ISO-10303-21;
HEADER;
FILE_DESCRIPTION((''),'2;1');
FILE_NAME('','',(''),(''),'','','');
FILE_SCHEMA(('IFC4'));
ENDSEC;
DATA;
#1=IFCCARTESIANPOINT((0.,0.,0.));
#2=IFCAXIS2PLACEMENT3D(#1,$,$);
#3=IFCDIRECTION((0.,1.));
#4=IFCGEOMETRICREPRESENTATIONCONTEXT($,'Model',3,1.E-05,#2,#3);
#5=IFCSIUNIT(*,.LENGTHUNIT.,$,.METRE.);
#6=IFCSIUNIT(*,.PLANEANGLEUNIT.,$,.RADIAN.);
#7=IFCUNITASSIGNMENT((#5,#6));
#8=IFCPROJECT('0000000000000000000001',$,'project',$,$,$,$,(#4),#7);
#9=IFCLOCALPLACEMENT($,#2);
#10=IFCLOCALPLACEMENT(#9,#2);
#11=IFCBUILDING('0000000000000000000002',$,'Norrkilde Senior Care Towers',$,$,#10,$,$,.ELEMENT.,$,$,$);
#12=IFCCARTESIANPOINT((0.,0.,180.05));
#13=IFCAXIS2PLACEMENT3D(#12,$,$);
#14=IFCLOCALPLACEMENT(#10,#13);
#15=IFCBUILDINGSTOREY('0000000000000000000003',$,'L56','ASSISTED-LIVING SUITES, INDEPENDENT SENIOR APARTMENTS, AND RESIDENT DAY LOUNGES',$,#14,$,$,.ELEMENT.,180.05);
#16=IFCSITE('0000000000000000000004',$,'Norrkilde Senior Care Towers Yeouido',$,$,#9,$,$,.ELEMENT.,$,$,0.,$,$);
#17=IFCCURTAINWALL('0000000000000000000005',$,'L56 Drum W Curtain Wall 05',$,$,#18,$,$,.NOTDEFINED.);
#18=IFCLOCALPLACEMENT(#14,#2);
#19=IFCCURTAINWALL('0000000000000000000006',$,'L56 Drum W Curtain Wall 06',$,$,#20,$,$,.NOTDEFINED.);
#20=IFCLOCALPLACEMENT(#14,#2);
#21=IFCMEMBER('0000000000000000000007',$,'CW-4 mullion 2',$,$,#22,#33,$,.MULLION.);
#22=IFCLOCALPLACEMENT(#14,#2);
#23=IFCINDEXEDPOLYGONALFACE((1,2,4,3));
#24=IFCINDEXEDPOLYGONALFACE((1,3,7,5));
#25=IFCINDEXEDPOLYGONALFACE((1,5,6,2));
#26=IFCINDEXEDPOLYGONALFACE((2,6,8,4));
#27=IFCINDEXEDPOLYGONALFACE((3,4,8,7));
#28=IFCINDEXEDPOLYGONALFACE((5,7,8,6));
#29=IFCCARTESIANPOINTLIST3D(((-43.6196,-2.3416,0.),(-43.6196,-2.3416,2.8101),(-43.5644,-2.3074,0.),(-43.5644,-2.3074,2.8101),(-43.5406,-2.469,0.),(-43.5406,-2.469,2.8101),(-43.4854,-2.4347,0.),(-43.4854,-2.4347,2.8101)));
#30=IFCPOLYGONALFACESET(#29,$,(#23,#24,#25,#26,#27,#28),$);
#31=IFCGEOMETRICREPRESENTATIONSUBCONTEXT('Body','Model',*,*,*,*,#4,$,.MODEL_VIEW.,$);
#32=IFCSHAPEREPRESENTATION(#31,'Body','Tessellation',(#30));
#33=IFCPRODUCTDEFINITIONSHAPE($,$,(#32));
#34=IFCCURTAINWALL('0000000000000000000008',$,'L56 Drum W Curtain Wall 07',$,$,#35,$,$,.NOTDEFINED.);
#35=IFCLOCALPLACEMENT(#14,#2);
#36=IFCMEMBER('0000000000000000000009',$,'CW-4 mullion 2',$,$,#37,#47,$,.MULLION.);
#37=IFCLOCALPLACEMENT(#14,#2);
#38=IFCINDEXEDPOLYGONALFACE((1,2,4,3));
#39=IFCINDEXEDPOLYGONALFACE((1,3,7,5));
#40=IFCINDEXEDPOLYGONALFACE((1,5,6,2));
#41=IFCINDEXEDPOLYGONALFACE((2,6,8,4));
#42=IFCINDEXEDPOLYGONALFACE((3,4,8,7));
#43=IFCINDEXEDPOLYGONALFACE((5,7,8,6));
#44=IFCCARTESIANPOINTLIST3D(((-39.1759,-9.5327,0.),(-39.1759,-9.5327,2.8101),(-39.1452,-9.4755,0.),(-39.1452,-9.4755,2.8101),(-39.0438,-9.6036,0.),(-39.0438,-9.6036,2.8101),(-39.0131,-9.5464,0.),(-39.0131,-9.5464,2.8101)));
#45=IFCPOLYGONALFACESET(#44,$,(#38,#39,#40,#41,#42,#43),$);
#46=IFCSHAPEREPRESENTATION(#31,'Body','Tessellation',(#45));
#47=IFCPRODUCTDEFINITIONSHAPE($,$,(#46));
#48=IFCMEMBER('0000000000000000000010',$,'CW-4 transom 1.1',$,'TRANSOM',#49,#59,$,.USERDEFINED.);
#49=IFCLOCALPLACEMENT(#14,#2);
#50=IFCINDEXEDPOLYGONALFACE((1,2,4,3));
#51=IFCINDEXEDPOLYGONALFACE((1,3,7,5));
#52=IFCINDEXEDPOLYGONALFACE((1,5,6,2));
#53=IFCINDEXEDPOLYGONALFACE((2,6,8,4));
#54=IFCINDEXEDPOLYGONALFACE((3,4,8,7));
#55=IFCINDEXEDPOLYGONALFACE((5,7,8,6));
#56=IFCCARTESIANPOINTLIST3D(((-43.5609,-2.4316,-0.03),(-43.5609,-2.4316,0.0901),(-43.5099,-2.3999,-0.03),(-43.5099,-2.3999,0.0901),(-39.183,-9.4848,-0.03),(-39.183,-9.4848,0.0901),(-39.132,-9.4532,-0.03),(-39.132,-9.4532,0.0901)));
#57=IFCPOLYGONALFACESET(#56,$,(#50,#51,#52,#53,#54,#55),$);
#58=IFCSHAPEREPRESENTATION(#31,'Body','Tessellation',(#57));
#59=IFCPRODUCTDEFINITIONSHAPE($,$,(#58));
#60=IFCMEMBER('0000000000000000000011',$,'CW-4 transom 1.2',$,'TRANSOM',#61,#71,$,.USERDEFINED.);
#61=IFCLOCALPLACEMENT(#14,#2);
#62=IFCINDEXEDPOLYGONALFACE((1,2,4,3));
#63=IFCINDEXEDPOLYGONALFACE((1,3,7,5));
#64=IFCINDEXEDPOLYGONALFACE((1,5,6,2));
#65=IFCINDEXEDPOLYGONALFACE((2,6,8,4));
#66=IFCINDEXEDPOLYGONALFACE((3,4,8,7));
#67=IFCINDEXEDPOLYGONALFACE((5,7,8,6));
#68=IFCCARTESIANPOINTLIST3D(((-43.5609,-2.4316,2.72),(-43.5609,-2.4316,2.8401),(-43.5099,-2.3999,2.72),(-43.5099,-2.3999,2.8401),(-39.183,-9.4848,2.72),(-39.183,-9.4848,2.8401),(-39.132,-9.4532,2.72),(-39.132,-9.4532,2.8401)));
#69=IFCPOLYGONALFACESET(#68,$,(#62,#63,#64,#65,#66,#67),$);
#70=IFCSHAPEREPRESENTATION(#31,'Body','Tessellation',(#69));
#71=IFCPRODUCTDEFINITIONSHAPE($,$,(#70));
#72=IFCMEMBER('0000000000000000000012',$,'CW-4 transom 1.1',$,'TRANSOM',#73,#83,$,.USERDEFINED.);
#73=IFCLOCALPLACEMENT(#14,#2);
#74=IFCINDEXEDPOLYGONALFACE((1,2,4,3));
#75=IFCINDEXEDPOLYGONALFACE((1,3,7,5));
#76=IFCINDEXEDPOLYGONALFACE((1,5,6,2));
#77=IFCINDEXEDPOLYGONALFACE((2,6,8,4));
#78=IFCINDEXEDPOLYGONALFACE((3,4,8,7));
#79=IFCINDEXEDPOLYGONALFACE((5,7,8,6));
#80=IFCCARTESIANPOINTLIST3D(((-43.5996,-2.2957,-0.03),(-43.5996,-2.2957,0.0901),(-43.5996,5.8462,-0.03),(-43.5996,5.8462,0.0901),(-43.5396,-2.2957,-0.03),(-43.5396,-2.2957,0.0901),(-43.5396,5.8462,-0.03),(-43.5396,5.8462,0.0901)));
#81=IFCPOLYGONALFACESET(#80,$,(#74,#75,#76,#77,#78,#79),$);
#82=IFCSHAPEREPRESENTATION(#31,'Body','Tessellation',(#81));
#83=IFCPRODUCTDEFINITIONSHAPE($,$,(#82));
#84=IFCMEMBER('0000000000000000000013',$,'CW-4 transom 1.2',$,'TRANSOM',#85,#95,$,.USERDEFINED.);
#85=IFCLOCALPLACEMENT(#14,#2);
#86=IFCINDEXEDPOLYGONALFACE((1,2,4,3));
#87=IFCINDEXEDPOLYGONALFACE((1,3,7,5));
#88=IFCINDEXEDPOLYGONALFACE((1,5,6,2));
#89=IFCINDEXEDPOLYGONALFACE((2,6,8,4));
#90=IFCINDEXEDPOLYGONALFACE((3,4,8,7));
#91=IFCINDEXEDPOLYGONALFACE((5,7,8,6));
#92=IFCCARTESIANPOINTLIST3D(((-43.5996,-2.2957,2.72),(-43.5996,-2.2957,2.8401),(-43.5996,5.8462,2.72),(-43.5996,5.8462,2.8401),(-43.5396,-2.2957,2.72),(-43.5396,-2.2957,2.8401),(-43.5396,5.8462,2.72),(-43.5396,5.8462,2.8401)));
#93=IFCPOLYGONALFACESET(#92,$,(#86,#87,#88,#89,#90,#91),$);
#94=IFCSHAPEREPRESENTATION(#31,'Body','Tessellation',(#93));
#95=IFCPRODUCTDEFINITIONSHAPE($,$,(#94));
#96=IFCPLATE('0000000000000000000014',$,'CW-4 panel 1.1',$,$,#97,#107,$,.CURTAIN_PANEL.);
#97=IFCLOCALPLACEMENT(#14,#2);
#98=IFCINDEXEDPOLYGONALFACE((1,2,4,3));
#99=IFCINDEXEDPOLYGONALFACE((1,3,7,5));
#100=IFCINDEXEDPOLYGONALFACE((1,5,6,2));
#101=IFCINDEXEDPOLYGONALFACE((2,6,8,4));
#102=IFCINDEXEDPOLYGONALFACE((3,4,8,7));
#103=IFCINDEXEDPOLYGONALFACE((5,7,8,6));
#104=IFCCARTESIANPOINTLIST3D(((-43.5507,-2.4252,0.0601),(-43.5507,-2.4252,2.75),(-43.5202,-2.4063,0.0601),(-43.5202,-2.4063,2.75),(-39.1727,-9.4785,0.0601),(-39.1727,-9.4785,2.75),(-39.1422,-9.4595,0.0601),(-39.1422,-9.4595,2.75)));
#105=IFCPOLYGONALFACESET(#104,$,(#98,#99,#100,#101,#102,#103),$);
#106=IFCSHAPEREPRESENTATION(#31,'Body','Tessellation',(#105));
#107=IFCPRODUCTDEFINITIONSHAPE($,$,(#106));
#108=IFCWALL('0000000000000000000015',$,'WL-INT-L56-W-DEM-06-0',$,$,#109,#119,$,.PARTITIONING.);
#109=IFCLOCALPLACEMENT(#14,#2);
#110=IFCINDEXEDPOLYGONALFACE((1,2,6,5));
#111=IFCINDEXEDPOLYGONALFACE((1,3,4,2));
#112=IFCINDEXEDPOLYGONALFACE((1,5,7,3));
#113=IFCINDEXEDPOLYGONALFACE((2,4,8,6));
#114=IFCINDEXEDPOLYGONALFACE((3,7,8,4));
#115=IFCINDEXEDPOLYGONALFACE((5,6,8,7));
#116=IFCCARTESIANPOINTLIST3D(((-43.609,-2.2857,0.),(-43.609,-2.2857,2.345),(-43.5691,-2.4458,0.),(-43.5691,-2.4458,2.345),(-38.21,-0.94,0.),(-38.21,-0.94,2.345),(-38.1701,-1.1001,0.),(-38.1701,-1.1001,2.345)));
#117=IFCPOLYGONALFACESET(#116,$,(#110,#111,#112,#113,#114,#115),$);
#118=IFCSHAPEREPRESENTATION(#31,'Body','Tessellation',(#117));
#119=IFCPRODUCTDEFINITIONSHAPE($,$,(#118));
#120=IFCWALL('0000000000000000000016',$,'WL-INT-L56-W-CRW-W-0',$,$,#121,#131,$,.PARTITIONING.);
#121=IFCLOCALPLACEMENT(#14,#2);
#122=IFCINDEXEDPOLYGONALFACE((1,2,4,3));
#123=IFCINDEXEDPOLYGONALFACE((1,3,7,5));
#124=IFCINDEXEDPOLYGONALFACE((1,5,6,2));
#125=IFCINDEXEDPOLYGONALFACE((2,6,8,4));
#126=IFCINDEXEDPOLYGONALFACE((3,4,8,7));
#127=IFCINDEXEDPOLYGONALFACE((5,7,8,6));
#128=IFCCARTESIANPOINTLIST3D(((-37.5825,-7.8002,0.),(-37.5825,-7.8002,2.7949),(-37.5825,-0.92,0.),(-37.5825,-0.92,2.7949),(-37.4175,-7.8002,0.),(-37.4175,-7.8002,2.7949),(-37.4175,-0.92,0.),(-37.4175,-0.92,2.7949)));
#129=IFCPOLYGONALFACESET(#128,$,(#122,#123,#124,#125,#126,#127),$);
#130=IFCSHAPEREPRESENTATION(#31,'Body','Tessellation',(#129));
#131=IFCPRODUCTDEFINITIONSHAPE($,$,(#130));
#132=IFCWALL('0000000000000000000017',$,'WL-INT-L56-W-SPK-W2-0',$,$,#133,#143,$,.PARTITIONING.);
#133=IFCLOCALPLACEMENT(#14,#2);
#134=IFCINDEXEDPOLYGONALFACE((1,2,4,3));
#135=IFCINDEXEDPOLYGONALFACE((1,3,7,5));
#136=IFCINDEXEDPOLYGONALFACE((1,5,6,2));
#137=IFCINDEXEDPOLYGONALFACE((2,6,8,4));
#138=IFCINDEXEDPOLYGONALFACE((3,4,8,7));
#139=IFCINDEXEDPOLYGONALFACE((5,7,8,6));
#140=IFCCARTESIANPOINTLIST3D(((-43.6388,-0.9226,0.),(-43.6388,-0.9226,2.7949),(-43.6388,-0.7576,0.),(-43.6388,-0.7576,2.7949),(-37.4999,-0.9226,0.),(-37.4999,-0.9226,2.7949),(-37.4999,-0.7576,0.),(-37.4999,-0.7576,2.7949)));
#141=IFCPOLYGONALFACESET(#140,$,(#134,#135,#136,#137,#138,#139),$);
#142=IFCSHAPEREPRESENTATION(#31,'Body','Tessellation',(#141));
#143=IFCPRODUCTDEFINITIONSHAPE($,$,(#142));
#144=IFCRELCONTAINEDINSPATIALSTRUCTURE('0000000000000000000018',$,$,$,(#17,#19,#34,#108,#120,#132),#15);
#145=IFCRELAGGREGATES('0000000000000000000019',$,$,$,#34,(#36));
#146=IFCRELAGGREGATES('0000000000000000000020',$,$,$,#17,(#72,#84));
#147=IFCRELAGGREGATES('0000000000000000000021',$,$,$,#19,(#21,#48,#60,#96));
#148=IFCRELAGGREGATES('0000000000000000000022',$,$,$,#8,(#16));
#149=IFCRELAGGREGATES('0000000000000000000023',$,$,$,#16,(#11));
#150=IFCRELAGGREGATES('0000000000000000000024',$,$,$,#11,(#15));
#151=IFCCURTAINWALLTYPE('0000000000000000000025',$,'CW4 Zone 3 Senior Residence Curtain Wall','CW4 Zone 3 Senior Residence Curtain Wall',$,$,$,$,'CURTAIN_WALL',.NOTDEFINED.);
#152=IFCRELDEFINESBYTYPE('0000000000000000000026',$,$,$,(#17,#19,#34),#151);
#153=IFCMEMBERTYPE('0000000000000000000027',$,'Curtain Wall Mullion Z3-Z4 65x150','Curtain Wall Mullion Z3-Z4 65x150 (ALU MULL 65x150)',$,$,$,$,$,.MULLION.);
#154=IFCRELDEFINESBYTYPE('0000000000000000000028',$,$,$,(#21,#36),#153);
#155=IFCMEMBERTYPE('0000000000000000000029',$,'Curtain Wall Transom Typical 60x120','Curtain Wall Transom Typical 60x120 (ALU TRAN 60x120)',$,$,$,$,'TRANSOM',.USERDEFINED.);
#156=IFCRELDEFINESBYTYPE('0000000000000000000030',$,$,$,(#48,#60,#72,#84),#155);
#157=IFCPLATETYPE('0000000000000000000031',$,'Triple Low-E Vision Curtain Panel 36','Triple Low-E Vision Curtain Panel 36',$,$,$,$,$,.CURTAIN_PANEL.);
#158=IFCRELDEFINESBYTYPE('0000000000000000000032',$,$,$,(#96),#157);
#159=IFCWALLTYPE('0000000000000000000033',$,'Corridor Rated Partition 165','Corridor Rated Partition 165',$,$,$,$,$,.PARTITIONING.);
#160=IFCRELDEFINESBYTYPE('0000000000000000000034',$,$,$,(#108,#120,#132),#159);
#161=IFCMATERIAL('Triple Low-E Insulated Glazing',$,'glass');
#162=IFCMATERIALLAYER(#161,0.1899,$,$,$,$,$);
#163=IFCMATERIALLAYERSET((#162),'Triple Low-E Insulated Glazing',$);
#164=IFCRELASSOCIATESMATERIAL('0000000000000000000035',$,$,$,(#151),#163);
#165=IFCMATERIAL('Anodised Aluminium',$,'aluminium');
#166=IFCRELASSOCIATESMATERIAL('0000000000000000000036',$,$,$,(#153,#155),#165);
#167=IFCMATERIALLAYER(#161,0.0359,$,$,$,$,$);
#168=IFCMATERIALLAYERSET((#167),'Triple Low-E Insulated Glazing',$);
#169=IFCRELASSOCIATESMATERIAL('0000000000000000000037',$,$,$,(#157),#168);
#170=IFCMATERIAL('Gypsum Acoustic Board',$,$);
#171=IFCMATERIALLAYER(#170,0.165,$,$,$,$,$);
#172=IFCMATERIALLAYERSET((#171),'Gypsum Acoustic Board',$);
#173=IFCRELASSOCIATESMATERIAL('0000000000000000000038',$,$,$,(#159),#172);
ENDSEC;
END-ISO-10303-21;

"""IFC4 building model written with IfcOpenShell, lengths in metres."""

from ifc_helpers import new_model, si_unit, direction, frame, frame_2d, origin, origin_2d, place, context, subcontext, project, spatial, rectangle, extrude, source, transform, mapped, material, layer, layer_set, material_profile, profile_set, type_object, type_shapes, element, aggregate, save


model = new_model("IFC4")

# Units and contexts
model_context = context("Model", 3, precision=1e-05, world=origin(), true_north=direction((0.0, 1.0)))
body_context = subcontext(model_context, "Body", "Model", "MODEL_VIEW")
ifc_project = project(units=[si_unit("LENGTHUNIT", "METRE"), si_unit("PLANEANGLEUNIT", "RADIAN")], contexts=[model_context])

# Site, building, storey
site_placement = place(None, origin())
site = spatial("IfcSite", under=ifc_project, at=site_placement, Name="Norrkilde Senior Care Towers Yeouido", CompositionType="ELEMENT", RefElevation=0.0)
building_placement = place(site_placement, origin())
building = spatial("IfcBuilding", under=site, at=building_placement, Name="Norrkilde Senior Care Towers", CompositionType="ELEMENT")
storey_placement = place(building_placement, frame((0.0, 0.0, 180.05)))
storey = spatial("IfcBuildingStorey", under=building, at=storey_placement, Name="L56", Description="ASSISTED-LIVING SUITES, INDEPENDENT SENIOR APARTMENTS, AND RESIDENT DAY LOUNGES", CompositionType="ELEMENT", Elevation=180.05)

# Curtain wall
ifc_material_1 = material(Name="Triple Low-E Insulated Glazing", Category="glass")
ifc_layer_1 = layer(ifc_material_1, 0.1899)
ifc_layer_set_1 = layer_set([ifc_layer_1], Name="Triple Low-E Insulated Glazing")
curtain_wall_type = type_object("IfcCurtainWallType", Name="CW4 Zone 3 Senior Residence Curtain Wall", Description="CW4 Zone 3 Senior Residence Curtain Wall", ElementType="CURTAIN_WALL", PredefinedType="NOTDEFINED", material=ifc_layer_set_1)
curtain_wall_1_placement = place(storey_placement, origin())
curtain_wall_1 = element("IfcCurtainWall", 1, at=curtain_wall_1_placement, inside=storey, type_object=curtain_wall_type, Name="L56 Drum W Curtain Wall 05", PredefinedType="NOTDEFINED")
ifc_material_2 = material(Name="Anodised Aluminium", Category="aluminium")
ifc_material_profile_1 = material_profile(ifc_material_2, rectangle(XDim=0.0649, YDim=0.1499, at=origin_2d()), Name="ALU MULL 65x150")
ifc_profile_set_1 = profile_set([ifc_material_profile_1], Name="Anodised Aluminium")
member_type_1 = type_object("IfcMemberType", Name="Curtain Wall Mullion Z3-Z4 65x150", Description="Curtain Wall Mullion Z3-Z4 65x150 (ALU MULL 65x150)", PredefinedType="MULLION", material=ifc_profile_set_1)
shared_shape_1 = source(origin(), body_context, "Body", "SweptSolid", [
    extrude(rectangle(XDim=0.0649, YDim=0.1499, at=origin_2d()), origin(), (0.0, 0.0, 1.0), 2.8101),
])
type_shapes(member_type_1, [shared_shape_1])

# Curtain wall, member
curtain_wall_2_placement = place(storey_placement, origin())
curtain_wall_2 = element("IfcCurtainWall", 2, at=curtain_wall_2_placement, inside=storey, type_object=curtain_wall_type, Name="L56 Drum W Curtain Wall 06", PredefinedType="NOTDEFINED")
member_1_placement = place(storey_placement, frame((-43.5525, -2.3882, 0.0), z_axis=(0.0, 0.0, 1.0), x_axis=(-0.849634, -0.527373, 0.0)))
member_1 = element("IfcMember", 3, at=member_1_placement, type_object=member_type_1, Name="CW-4 mullion 2", PredefinedType="MULLION", context=body_context, shape_type="MappedRepresentation", body=[
    mapped(shared_shape_1, transform((0.0, 0.0, 0.0), x_axis=(1.0, 0.0, 0.0), y_axis=(0.0, 1.0, 0.0), z_axis=(0.0, 0.0, 1.0), scale=1.0)),
])

# Curtain wall, member
curtain_wall_3_placement = place(storey_placement, origin())
curtain_wall_3 = element("IfcCurtainWall", 4, at=curtain_wall_3_placement, inside=storey, type_object=curtain_wall_type, Name="L56 Drum W Curtain Wall 07", PredefinedType="NOTDEFINED")
member_2_placement = place(storey_placement, frame((-39.0945, -9.5396, 0.0), z_axis=(0.0, 0.0, 1.0), x_axis=(-0.473117, -0.881, 0.0)))
member_2 = element("IfcMember", 5, at=member_2_placement, type_object=member_type_1, Name="CW-4 mullion 2", PredefinedType="MULLION", context=body_context, shape_type="MappedRepresentation", body=[
    mapped(shared_shape_1, transform((0.0, 0.0, 0.0), x_axis=(1.0, 0.0, 0.0), y_axis=(0.0, 1.0, 0.0), z_axis=(0.0, 0.0, 1.0), scale=1.0)),
])
aggregate(curtain_wall_3, [member_2])

# Members
ifc_material_profile_2 = material_profile(ifc_material_2, rectangle(XDim=0.0601, YDim=0.1201, at=origin_2d()), Name="ALU TRAN 60x120")
ifc_profile_set_2 = profile_set([ifc_material_profile_2], Name="Anodised Aluminium")
member_type_2 = type_object("IfcMemberType", Name="Curtain Wall Transom Typical 60x120", Description="Curtain Wall Transom Typical 60x120 (ALU TRAN 60x120)", ElementType="TRANSOM", PredefinedType="USERDEFINED", material=ifc_profile_set_2)
shared_shape_2 = source(origin(), body_context, "Body", "SweptSolid", [
    extrude(rectangle(XDim=0.0601, YDim=0.1201, at=origin_2d()), origin(), (0.0, 0.0, 1.0), 8.3015),
])
member_3_placement = place(storey_placement, frame((-39.1575, -9.469, 0.03), z_axis=(-0.527369, 0.849637, 0.0), x_axis=(-0.849637, -0.527369, 0.0)))
member_3 = element("IfcMember", 6, at=member_3_placement, type_object=member_type_2, Name="CW-4 transom 1.1", ObjectType="TRANSOM", PredefinedType="USERDEFINED", context=body_context, shape_type="MappedRepresentation", body=[
    mapped(shared_shape_2, transform((0.0, 0.0, 0.0), x_axis=(1.0, 0.0, 0.0), y_axis=(0.0, 1.0, 0.0), z_axis=(0.0, 0.0, 1.0), scale=1.0)),
])
member_4_placement = place(storey_placement, frame((-39.1575, -9.469, 2.78), z_axis=(-0.527369, 0.849637, 0.0), x_axis=(-0.849637, -0.527369, 0.0)))
member_4 = element("IfcMember", 7, at=member_4_placement, type_object=member_type_2, Name="CW-4 transom 1.2", ObjectType="TRANSOM", PredefinedType="USERDEFINED", context=body_context, shape_type="MappedRepresentation", body=[
    mapped(shared_shape_2, transform((0.0, 0.0, 0.0), x_axis=(1.0, 0.0, 0.0), y_axis=(0.0, 1.0, 0.0), z_axis=(0.0, 0.0, 1.0), scale=1.0)),
])
shared_shape_3 = source(origin(), body_context, "Body", "SweptSolid", [
    extrude(rectangle(XDim=0.0601, YDim=0.1201, at=origin_2d()), origin(), (0.0, 0.0, 1.0), 8.1418),
])
type_shapes(member_type_2, [shared_shape_2, shared_shape_3])
member_5_placement = place(storey_placement, frame((-43.5696, -2.2957, 0.03), z_axis=(0.0, 1.0, 0.0), x_axis=(-1.0, 0.0, 0.0)))
member_5 = element("IfcMember", 8, at=member_5_placement, type_object=member_type_2, Name="CW-4 transom 1.1", ObjectType="TRANSOM", PredefinedType="USERDEFINED", context=body_context, shape_type="MappedRepresentation", body=[
    mapped(shared_shape_3, transform((0.0, 0.0, 0.0), x_axis=(1.0, 0.0, 0.0), y_axis=(0.0, 1.0, 0.0), z_axis=(0.0, 0.0, 1.0), scale=1.0)),
])
member_6_placement = place(storey_placement, frame((-43.5696, -2.2957, 2.78), z_axis=(0.0, 1.0, 0.0), x_axis=(-1.0, 0.0, 0.0)))
member_6 = element("IfcMember", 9, at=member_6_placement, type_object=member_type_2, Name="CW-4 transom 1.2", ObjectType="TRANSOM", PredefinedType="USERDEFINED", context=body_context, shape_type="MappedRepresentation", body=[
    mapped(shared_shape_3, transform((0.0, 0.0, 0.0), x_axis=(1.0, 0.0, 0.0), y_axis=(0.0, 1.0, 0.0), z_axis=(0.0, 0.0, 1.0), scale=1.0)),
])
aggregate(curtain_wall_1, [member_5, member_6])

# Plate
ifc_layer_2 = layer(ifc_material_1, 0.0359)
ifc_layer_set_2 = layer_set([ifc_layer_2], Name="Triple Low-E Insulated Glazing")
plate_type = type_object("IfcPlateType", Name="Triple Low-E Vision Curtain Panel 36", Description="Triple Low-E Vision Curtain Panel 36", PredefinedType="CURTAIN_PANEL", material=ifc_layer_set_2)
shared_shape_4 = source(origin(), body_context, "Body", "SweptSolid", [
    extrude(rectangle(XDim=8.3015, YDim=0.0359, at=origin_2d()), origin(), (0.0, 0.0, 1.0), 2.6899),
])
type_shapes(plate_type, [shared_shape_4])
plate_placement = place(storey_placement, frame((-41.3464, -5.9424, 0.0601), z_axis=(0.0, 0.0, 1.0), x_axis=(-0.527373, 0.849634, 0.0)))
plate = element("IfcPlate", 10, at=plate_placement, type_object=plate_type, Name="CW-4 panel 1.1", PredefinedType="CURTAIN_PANEL", context=body_context, shape_type="MappedRepresentation", body=[
    mapped(shared_shape_4, transform((0.0, 0.0, 0.0), x_axis=(1.0, 0.0, 0.0), y_axis=(0.0, 1.0, 0.0), z_axis=(0.0, 0.0, 1.0), scale=1.0)),
])
aggregate(curtain_wall_2, [member_1, member_3, member_4, plate])

# Walls
ifc_material_3 = material(Name="Gypsum Acoustic Board")
ifc_layer_3 = layer(ifc_material_3, 0.165)
ifc_layer_set_3 = layer_set([ifc_layer_3], Name="Gypsum Acoustic Board")
wall_type_1 = type_object("IfcWallType", Name="Corridor Rated Partition 165", Description="Corridor Rated Partition 165", PredefinedType="PARTITIONING", material=ifc_layer_set_3)
shared_shape_5 = source(origin(), body_context, "Body", "SweptSolid", [
    extrude(rectangle(XDim=5.5642, YDim=0.165, at=frame_2d((2.7822, 0.0))), origin(), (0.0, 0.0, 1.0), 2.345),
])
wall_1_placement = place(storey_placement, frame((-38.1899, -1.02, 0.0), z_axis=(0.0, 0.0, 1.0), x_axis=(-0.970313, -0.241854, 0.0)))
element("IfcWall", 11, at=wall_1_placement, inside=storey, type_object=wall_type_1, Name="WL-INT-L56-W-DEM-06-0", PredefinedType="PARTITIONING", context=body_context, shape_type="MappedRepresentation", body=[
    mapped(shared_shape_5, transform((0.0, 0.0, 0.0), x_axis=(1.0, 0.0, 0.0), y_axis=(0.0, 1.0, 0.0), z_axis=(0.0, 0.0, 1.0), scale=1.0)),
])
shared_shape_6 = source(origin(), body_context, "Body", "SweptSolid", [
    extrude(rectangle(XDim=6.8801, YDim=0.165, at=frame_2d((3.4399, 0.0))), origin(), (0.0, 0.0, 1.0), 2.7949),
])
wall_2_placement = place(storey_placement, frame((-37.5, -7.8, 0.0), z_axis=(0.0, 0.0, 1.0), x_axis=(0.0, 1.0, 0.0)))
element("IfcWall", 12, at=wall_2_placement, inside=storey, type_object=wall_type_1, Name="WL-INT-L56-W-CRW-W-0", PredefinedType="PARTITIONING", context=body_context, shape_type="MappedRepresentation", body=[
    mapped(shared_shape_6, transform((0.0, 0.0, 0.0), x_axis=(1.0, 0.0, 0.0), y_axis=(0.0, 1.0, 0.0), z_axis=(0.0, 0.0, 1.0), scale=1.0)),
])
shared_shape_7 = source(origin(), body_context, "Body", "SweptSolid", [
    extrude(rectangle(XDim=6.1389, YDim=0.165, at=frame_2d((3.0693, 0.0))), origin(), (0.0, 0.0, 1.0), 2.7949),
])
type_shapes(wall_type_1, [shared_shape_5, shared_shape_6, shared_shape_7])
wall_3_placement = place(storey_placement, frame((-37.5, -0.8401, 0.0), z_axis=(0.0, 0.0, 1.0), x_axis=(-1.0, 0.0, 0.0)))
element("IfcWall", 13, at=wall_3_placement, inside=storey, type_object=wall_type_1, Name="WL-INT-L56-W-SPK-W2-0", PredefinedType="PARTITIONING", context=body_context, shape_type="MappedRepresentation", body=[
    mapped(shared_shape_7, transform((0.0, 0.0, 0.0), x_axis=(1.0, 0.0, 0.0), y_axis=(0.0, 1.0, 0.0), z_axis=(0.0, 0.0, 1.0), scale=1.0)),
])

save(model, "model.ifc")
